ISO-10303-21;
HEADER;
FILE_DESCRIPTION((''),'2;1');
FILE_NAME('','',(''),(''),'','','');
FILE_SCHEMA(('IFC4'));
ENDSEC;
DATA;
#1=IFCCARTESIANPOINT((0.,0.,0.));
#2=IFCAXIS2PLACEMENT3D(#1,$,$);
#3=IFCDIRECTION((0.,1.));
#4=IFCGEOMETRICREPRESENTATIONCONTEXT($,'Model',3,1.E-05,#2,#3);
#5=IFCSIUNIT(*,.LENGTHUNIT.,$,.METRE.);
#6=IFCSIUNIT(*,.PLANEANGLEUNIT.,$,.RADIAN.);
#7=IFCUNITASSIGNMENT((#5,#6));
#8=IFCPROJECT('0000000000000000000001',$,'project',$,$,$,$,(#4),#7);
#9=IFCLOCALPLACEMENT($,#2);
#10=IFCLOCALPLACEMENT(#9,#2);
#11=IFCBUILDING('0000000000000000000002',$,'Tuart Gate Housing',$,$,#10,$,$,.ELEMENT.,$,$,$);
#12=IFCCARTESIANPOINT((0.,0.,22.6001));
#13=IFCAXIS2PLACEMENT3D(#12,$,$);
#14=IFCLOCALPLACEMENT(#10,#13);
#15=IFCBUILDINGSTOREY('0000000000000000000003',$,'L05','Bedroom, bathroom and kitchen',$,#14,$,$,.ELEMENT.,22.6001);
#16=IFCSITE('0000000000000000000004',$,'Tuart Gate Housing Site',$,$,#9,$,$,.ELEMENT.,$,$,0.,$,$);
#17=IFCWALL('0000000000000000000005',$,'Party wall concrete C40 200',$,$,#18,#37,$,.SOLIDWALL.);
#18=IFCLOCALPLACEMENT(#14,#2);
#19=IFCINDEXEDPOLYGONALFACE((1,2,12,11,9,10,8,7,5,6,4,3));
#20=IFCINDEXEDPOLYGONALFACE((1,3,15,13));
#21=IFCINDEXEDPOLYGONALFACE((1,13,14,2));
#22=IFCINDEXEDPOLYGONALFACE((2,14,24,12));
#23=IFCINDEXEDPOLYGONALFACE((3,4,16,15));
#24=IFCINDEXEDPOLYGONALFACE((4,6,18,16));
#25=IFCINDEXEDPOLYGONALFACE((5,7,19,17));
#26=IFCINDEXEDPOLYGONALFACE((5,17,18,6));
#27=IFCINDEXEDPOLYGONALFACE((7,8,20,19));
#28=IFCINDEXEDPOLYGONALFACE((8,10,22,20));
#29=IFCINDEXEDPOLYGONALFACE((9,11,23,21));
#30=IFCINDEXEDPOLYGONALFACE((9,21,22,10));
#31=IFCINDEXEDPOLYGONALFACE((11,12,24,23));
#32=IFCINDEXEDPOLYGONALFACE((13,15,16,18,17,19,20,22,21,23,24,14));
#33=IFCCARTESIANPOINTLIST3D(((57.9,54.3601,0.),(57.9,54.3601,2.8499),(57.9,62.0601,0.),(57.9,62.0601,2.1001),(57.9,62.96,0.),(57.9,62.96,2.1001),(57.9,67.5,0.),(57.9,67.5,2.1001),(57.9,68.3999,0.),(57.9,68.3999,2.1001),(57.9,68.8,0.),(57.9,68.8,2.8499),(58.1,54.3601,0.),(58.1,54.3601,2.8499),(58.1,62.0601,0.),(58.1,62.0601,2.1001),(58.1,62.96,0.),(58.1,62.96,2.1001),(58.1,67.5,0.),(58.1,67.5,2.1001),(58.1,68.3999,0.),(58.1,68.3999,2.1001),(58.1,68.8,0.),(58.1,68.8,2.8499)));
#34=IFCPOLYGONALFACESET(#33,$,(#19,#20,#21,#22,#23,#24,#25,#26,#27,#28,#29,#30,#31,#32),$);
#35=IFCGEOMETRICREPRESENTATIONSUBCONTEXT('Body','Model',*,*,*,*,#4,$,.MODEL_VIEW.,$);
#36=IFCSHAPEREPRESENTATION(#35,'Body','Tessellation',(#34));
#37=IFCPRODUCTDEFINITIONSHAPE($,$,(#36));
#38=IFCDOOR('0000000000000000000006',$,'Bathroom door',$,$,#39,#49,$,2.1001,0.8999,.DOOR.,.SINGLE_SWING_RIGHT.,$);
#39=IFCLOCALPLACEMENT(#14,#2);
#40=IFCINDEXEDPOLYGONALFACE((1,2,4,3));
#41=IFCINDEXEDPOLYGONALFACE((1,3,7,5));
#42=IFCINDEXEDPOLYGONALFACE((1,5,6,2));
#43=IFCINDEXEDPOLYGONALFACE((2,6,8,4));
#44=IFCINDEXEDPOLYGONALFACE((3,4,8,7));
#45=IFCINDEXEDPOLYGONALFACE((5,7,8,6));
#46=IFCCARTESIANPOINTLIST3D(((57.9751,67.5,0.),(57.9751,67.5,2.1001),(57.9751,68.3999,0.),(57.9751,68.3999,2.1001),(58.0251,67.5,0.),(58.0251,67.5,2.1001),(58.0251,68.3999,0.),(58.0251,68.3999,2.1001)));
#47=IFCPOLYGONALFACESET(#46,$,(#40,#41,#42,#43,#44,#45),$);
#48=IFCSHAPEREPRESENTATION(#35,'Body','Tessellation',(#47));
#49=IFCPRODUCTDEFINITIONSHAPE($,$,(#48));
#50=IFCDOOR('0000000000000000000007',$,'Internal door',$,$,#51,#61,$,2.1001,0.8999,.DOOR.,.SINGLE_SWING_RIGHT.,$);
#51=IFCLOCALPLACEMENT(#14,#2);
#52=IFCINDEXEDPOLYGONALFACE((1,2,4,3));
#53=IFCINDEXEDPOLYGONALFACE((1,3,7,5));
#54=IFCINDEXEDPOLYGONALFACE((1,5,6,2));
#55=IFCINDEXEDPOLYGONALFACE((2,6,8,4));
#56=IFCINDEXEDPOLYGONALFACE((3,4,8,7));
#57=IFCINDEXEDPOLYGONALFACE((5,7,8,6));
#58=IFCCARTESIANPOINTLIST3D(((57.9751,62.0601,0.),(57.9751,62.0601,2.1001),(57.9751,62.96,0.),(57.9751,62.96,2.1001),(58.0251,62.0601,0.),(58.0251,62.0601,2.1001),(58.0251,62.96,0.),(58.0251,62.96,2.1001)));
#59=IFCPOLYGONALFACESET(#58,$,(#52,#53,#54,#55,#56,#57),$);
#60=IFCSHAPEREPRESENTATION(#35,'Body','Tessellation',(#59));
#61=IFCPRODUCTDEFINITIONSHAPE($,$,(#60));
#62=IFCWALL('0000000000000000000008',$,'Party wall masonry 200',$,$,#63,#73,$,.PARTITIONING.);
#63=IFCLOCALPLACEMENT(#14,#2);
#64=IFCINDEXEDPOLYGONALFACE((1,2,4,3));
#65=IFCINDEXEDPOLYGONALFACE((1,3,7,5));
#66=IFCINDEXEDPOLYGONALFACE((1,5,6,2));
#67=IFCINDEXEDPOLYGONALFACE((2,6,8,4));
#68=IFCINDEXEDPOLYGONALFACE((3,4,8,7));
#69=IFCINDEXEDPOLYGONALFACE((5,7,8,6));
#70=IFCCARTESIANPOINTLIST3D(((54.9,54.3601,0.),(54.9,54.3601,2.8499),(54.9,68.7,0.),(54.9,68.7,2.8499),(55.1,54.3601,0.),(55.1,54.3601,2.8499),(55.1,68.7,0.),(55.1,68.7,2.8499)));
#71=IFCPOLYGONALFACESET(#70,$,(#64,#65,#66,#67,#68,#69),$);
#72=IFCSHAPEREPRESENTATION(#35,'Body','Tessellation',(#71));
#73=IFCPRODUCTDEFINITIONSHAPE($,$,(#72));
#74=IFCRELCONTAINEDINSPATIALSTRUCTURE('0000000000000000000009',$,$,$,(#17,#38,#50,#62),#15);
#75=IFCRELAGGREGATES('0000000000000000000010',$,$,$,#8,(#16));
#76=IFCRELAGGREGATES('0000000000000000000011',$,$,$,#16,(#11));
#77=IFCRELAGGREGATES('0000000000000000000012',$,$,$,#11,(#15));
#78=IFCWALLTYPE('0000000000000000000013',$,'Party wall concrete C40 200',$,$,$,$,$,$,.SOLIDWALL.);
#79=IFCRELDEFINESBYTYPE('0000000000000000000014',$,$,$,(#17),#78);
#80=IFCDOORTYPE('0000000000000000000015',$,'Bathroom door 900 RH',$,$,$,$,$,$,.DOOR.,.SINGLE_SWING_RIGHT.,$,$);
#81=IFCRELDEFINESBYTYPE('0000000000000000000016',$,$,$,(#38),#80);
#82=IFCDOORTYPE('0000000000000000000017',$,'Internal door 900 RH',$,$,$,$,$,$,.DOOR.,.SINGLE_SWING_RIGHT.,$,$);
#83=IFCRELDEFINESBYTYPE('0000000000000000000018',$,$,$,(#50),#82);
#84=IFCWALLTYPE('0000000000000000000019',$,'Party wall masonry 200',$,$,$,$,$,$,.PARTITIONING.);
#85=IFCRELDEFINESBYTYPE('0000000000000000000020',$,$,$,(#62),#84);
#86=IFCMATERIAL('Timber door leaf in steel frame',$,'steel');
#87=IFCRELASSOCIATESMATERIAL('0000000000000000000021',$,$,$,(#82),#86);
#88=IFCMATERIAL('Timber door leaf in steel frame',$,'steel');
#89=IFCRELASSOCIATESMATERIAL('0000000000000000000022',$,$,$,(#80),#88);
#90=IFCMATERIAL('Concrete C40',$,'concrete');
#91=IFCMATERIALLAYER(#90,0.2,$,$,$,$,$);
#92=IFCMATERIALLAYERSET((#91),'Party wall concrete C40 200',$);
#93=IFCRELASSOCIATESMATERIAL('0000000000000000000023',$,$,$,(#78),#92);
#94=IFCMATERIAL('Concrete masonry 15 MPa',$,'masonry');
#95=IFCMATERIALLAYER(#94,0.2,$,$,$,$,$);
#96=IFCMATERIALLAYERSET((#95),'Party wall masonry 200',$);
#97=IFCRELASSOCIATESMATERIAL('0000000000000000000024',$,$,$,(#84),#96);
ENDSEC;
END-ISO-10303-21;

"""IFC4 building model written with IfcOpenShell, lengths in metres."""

from ifc_helpers import new_model, si_unit, direction, frame, frame_2d, origin, place, context, subcontext, project, spatial, rectangle, extrude, material, layer, layer_set, type_object, element, fill, save


model = new_model("IFC4")

# Units and contexts
model_context = context("Model", 3, precision=1e-05, world=origin(), true_north=direction((0.0, 1.0)))
body_context = subcontext(model_context, "Body", "Model", "MODEL_VIEW")
ifc_project = project(units=[si_unit("LENGTHUNIT", "METRE"), si_unit("PLANEANGLEUNIT", "RADIAN")], contexts=[model_context])

# Site, building, storey
site_placement = place(None, origin())
site = spatial("IfcSite", under=ifc_project, at=site_placement, Name="Tuart Gate Housing Site", CompositionType="ELEMENT", RefElevation=0.0)
building_placement = place(site_placement, origin())
building = spatial("IfcBuilding", under=site, at=building_placement, Name="Tuart Gate Housing", CompositionType="ELEMENT")
storey_placement = place(building_placement, frame((0.0, 0.0, 22.6001)))
storey = spatial("IfcBuildingStorey", under=building, at=storey_placement, Name="L05", Description="Bedroom, bathroom and kitchen", CompositionType="ELEMENT", Elevation=22.6001)

# Shared definitions
ifc_material_1 = material(Name="Timber door leaf in steel frame", Category="steel")
door_type_1 = type_object("IfcDoorType", Name="Internal door 900 RH", OperationType="SINGLE_SWING_RIGHT", PredefinedType="DOOR", material=ifc_material_1)

# Shared definitions
ifc_material_2 = material(Name="Timber door leaf in steel frame", Category="steel")
door_type_2 = type_object("IfcDoorType", Name="Bathroom door 900 RH", OperationType="SINGLE_SWING_RIGHT", PredefinedType="DOOR", material=ifc_material_2)

# Shared definitions
ifc_material_3 = material(Name="Concrete C40", Category="concrete")
ifc_layer_1 = layer(ifc_material_3, 0.2)
ifc_layer_set_1 = layer_set([ifc_layer_1], Name="Party wall concrete C40 200")
wall_type_1 = type_object("IfcWallType", Name="Party wall concrete C40 200", PredefinedType="SOLIDWALL", material=ifc_layer_set_1)

# Wall, openings, doors
wall_1_placement = place(storey_placement, frame((58.0, 54.3601, 0.0), z_axis=(0.0, 0.0, 1.0), x_axis=(0.0, 1.0, 0.0)))
wall_1 = element("IfcWall", 1, at=wall_1_placement, inside=storey, type_object=wall_type_1, Name="Party wall concrete C40 200", PredefinedType="SOLIDWALL", context=body_context, shape_type="SweptSolid", body=[
    extrude(rectangle(XDim=14.4399, YDim=0.2, at=frame_2d((7.22, 0.0))), origin(), (0.0, 0.0, 1.0), 2.8499),
])
opening_1_placement = place(wall_1_placement, frame((7.7, 0.0, 0.0)))
opening_1 = element("IfcOpeningElement", 2, at=opening_1_placement, cuts=wall_1, PredefinedType="OPENING", context=body_context, shape_type="SweptSolid", body=[
    extrude(rectangle(XDim=0.8999, YDim=2.1001, at=frame_2d((0.45, 1.05))), frame((0.0, 0.1099, 0.0), z_axis=(0.0, -1.0, 0.0), x_axis=(1.0, 0.0, 0.0)), (0.0, 0.0, 1.0), 0.22),
])
opening_2_placement = place(wall_1_placement, frame((13.1399, 0.0, 0.0)))
opening_2 = element("IfcOpeningElement", 3, at=opening_2_placement, cuts=wall_1, PredefinedType="OPENING", context=body_context, shape_type="SweptSolid", body=[
    extrude(rectangle(XDim=0.8999, YDim=2.1001, at=frame_2d((0.45, 1.05))), frame((0.0, 0.1099, 0.0), z_axis=(0.0, -1.0, 0.0), x_axis=(1.0, 0.0, 0.0)), (0.0, 0.0, 1.0), 0.22),
])
door_1_placement = place(opening_2_placement, origin())
door_1 = element("IfcDoor", 4, at=door_1_placement, inside=storey, type_object=door_type_2, Name="Bathroom door", OperationType="SINGLE_SWING_RIGHT", OverallHeight=2.1001, OverallWidth=0.8999, PredefinedType="DOOR", context=body_context, shape_type="SweptSolid", body=[
    extrude(rectangle(XDim=0.8999, YDim=2.1001, at=frame_2d((0.45, 1.05))), frame((0.0, 0.0249, 0.0), z_axis=(0.0, -1.0, 0.0), x_axis=(1.0, 0.0, 0.0)), (0.0, 0.0, 1.0), 0.05),
])
fill(opening_2, door_1)
door_2_placement = place(opening_1_placement, origin())
door_2 = element("IfcDoor", 5, at=door_2_placement, inside=storey, type_object=door_type_1, Name="Internal door", OperationType="SINGLE_SWING_RIGHT", OverallHeight=2.1001, OverallWidth=0.8999, PredefinedType="DOOR", context=body_context, shape_type="SweptSolid", body=[
    extrude(rectangle(XDim=0.8999, YDim=2.1001, at=frame_2d((0.45, 1.05))), frame((0.0, 0.0249, 0.0), z_axis=(0.0, -1.0, 0.0), x_axis=(1.0, 0.0, 0.0)), (0.0, 0.0, 1.0), 0.05),
])
fill(opening_1, door_2)

# Wall
ifc_material_4 = material(Name="Concrete masonry 15 MPa", Category="masonry")
ifc_layer_2 = layer(ifc_material_4, 0.2)
ifc_layer_set_2 = layer_set([ifc_layer_2], Name="Party wall masonry 200")
wall_type_2 = type_object("IfcWallType", Name="Party wall masonry 200", PredefinedType="PARTITIONING", material=ifc_layer_set_2)
wall_2_placement = place(storey_placement, frame((55.0, 54.3601, 0.0), z_axis=(0.0, 0.0, 1.0), x_axis=(0.0, 1.0, 0.0)))
element("IfcWall", 6, at=wall_2_placement, inside=storey, type_object=wall_type_2, Name="Party wall masonry 200", PredefinedType="PARTITIONING", context=body_context, shape_type="SweptSolid", body=[
    extrude(rectangle(XDim=14.3398, YDim=0.2, at=frame_2d((7.1699, 0.0))), origin(), (0.0, 0.0, 1.0), 2.8499),
])

save(model, "model.ifc")
